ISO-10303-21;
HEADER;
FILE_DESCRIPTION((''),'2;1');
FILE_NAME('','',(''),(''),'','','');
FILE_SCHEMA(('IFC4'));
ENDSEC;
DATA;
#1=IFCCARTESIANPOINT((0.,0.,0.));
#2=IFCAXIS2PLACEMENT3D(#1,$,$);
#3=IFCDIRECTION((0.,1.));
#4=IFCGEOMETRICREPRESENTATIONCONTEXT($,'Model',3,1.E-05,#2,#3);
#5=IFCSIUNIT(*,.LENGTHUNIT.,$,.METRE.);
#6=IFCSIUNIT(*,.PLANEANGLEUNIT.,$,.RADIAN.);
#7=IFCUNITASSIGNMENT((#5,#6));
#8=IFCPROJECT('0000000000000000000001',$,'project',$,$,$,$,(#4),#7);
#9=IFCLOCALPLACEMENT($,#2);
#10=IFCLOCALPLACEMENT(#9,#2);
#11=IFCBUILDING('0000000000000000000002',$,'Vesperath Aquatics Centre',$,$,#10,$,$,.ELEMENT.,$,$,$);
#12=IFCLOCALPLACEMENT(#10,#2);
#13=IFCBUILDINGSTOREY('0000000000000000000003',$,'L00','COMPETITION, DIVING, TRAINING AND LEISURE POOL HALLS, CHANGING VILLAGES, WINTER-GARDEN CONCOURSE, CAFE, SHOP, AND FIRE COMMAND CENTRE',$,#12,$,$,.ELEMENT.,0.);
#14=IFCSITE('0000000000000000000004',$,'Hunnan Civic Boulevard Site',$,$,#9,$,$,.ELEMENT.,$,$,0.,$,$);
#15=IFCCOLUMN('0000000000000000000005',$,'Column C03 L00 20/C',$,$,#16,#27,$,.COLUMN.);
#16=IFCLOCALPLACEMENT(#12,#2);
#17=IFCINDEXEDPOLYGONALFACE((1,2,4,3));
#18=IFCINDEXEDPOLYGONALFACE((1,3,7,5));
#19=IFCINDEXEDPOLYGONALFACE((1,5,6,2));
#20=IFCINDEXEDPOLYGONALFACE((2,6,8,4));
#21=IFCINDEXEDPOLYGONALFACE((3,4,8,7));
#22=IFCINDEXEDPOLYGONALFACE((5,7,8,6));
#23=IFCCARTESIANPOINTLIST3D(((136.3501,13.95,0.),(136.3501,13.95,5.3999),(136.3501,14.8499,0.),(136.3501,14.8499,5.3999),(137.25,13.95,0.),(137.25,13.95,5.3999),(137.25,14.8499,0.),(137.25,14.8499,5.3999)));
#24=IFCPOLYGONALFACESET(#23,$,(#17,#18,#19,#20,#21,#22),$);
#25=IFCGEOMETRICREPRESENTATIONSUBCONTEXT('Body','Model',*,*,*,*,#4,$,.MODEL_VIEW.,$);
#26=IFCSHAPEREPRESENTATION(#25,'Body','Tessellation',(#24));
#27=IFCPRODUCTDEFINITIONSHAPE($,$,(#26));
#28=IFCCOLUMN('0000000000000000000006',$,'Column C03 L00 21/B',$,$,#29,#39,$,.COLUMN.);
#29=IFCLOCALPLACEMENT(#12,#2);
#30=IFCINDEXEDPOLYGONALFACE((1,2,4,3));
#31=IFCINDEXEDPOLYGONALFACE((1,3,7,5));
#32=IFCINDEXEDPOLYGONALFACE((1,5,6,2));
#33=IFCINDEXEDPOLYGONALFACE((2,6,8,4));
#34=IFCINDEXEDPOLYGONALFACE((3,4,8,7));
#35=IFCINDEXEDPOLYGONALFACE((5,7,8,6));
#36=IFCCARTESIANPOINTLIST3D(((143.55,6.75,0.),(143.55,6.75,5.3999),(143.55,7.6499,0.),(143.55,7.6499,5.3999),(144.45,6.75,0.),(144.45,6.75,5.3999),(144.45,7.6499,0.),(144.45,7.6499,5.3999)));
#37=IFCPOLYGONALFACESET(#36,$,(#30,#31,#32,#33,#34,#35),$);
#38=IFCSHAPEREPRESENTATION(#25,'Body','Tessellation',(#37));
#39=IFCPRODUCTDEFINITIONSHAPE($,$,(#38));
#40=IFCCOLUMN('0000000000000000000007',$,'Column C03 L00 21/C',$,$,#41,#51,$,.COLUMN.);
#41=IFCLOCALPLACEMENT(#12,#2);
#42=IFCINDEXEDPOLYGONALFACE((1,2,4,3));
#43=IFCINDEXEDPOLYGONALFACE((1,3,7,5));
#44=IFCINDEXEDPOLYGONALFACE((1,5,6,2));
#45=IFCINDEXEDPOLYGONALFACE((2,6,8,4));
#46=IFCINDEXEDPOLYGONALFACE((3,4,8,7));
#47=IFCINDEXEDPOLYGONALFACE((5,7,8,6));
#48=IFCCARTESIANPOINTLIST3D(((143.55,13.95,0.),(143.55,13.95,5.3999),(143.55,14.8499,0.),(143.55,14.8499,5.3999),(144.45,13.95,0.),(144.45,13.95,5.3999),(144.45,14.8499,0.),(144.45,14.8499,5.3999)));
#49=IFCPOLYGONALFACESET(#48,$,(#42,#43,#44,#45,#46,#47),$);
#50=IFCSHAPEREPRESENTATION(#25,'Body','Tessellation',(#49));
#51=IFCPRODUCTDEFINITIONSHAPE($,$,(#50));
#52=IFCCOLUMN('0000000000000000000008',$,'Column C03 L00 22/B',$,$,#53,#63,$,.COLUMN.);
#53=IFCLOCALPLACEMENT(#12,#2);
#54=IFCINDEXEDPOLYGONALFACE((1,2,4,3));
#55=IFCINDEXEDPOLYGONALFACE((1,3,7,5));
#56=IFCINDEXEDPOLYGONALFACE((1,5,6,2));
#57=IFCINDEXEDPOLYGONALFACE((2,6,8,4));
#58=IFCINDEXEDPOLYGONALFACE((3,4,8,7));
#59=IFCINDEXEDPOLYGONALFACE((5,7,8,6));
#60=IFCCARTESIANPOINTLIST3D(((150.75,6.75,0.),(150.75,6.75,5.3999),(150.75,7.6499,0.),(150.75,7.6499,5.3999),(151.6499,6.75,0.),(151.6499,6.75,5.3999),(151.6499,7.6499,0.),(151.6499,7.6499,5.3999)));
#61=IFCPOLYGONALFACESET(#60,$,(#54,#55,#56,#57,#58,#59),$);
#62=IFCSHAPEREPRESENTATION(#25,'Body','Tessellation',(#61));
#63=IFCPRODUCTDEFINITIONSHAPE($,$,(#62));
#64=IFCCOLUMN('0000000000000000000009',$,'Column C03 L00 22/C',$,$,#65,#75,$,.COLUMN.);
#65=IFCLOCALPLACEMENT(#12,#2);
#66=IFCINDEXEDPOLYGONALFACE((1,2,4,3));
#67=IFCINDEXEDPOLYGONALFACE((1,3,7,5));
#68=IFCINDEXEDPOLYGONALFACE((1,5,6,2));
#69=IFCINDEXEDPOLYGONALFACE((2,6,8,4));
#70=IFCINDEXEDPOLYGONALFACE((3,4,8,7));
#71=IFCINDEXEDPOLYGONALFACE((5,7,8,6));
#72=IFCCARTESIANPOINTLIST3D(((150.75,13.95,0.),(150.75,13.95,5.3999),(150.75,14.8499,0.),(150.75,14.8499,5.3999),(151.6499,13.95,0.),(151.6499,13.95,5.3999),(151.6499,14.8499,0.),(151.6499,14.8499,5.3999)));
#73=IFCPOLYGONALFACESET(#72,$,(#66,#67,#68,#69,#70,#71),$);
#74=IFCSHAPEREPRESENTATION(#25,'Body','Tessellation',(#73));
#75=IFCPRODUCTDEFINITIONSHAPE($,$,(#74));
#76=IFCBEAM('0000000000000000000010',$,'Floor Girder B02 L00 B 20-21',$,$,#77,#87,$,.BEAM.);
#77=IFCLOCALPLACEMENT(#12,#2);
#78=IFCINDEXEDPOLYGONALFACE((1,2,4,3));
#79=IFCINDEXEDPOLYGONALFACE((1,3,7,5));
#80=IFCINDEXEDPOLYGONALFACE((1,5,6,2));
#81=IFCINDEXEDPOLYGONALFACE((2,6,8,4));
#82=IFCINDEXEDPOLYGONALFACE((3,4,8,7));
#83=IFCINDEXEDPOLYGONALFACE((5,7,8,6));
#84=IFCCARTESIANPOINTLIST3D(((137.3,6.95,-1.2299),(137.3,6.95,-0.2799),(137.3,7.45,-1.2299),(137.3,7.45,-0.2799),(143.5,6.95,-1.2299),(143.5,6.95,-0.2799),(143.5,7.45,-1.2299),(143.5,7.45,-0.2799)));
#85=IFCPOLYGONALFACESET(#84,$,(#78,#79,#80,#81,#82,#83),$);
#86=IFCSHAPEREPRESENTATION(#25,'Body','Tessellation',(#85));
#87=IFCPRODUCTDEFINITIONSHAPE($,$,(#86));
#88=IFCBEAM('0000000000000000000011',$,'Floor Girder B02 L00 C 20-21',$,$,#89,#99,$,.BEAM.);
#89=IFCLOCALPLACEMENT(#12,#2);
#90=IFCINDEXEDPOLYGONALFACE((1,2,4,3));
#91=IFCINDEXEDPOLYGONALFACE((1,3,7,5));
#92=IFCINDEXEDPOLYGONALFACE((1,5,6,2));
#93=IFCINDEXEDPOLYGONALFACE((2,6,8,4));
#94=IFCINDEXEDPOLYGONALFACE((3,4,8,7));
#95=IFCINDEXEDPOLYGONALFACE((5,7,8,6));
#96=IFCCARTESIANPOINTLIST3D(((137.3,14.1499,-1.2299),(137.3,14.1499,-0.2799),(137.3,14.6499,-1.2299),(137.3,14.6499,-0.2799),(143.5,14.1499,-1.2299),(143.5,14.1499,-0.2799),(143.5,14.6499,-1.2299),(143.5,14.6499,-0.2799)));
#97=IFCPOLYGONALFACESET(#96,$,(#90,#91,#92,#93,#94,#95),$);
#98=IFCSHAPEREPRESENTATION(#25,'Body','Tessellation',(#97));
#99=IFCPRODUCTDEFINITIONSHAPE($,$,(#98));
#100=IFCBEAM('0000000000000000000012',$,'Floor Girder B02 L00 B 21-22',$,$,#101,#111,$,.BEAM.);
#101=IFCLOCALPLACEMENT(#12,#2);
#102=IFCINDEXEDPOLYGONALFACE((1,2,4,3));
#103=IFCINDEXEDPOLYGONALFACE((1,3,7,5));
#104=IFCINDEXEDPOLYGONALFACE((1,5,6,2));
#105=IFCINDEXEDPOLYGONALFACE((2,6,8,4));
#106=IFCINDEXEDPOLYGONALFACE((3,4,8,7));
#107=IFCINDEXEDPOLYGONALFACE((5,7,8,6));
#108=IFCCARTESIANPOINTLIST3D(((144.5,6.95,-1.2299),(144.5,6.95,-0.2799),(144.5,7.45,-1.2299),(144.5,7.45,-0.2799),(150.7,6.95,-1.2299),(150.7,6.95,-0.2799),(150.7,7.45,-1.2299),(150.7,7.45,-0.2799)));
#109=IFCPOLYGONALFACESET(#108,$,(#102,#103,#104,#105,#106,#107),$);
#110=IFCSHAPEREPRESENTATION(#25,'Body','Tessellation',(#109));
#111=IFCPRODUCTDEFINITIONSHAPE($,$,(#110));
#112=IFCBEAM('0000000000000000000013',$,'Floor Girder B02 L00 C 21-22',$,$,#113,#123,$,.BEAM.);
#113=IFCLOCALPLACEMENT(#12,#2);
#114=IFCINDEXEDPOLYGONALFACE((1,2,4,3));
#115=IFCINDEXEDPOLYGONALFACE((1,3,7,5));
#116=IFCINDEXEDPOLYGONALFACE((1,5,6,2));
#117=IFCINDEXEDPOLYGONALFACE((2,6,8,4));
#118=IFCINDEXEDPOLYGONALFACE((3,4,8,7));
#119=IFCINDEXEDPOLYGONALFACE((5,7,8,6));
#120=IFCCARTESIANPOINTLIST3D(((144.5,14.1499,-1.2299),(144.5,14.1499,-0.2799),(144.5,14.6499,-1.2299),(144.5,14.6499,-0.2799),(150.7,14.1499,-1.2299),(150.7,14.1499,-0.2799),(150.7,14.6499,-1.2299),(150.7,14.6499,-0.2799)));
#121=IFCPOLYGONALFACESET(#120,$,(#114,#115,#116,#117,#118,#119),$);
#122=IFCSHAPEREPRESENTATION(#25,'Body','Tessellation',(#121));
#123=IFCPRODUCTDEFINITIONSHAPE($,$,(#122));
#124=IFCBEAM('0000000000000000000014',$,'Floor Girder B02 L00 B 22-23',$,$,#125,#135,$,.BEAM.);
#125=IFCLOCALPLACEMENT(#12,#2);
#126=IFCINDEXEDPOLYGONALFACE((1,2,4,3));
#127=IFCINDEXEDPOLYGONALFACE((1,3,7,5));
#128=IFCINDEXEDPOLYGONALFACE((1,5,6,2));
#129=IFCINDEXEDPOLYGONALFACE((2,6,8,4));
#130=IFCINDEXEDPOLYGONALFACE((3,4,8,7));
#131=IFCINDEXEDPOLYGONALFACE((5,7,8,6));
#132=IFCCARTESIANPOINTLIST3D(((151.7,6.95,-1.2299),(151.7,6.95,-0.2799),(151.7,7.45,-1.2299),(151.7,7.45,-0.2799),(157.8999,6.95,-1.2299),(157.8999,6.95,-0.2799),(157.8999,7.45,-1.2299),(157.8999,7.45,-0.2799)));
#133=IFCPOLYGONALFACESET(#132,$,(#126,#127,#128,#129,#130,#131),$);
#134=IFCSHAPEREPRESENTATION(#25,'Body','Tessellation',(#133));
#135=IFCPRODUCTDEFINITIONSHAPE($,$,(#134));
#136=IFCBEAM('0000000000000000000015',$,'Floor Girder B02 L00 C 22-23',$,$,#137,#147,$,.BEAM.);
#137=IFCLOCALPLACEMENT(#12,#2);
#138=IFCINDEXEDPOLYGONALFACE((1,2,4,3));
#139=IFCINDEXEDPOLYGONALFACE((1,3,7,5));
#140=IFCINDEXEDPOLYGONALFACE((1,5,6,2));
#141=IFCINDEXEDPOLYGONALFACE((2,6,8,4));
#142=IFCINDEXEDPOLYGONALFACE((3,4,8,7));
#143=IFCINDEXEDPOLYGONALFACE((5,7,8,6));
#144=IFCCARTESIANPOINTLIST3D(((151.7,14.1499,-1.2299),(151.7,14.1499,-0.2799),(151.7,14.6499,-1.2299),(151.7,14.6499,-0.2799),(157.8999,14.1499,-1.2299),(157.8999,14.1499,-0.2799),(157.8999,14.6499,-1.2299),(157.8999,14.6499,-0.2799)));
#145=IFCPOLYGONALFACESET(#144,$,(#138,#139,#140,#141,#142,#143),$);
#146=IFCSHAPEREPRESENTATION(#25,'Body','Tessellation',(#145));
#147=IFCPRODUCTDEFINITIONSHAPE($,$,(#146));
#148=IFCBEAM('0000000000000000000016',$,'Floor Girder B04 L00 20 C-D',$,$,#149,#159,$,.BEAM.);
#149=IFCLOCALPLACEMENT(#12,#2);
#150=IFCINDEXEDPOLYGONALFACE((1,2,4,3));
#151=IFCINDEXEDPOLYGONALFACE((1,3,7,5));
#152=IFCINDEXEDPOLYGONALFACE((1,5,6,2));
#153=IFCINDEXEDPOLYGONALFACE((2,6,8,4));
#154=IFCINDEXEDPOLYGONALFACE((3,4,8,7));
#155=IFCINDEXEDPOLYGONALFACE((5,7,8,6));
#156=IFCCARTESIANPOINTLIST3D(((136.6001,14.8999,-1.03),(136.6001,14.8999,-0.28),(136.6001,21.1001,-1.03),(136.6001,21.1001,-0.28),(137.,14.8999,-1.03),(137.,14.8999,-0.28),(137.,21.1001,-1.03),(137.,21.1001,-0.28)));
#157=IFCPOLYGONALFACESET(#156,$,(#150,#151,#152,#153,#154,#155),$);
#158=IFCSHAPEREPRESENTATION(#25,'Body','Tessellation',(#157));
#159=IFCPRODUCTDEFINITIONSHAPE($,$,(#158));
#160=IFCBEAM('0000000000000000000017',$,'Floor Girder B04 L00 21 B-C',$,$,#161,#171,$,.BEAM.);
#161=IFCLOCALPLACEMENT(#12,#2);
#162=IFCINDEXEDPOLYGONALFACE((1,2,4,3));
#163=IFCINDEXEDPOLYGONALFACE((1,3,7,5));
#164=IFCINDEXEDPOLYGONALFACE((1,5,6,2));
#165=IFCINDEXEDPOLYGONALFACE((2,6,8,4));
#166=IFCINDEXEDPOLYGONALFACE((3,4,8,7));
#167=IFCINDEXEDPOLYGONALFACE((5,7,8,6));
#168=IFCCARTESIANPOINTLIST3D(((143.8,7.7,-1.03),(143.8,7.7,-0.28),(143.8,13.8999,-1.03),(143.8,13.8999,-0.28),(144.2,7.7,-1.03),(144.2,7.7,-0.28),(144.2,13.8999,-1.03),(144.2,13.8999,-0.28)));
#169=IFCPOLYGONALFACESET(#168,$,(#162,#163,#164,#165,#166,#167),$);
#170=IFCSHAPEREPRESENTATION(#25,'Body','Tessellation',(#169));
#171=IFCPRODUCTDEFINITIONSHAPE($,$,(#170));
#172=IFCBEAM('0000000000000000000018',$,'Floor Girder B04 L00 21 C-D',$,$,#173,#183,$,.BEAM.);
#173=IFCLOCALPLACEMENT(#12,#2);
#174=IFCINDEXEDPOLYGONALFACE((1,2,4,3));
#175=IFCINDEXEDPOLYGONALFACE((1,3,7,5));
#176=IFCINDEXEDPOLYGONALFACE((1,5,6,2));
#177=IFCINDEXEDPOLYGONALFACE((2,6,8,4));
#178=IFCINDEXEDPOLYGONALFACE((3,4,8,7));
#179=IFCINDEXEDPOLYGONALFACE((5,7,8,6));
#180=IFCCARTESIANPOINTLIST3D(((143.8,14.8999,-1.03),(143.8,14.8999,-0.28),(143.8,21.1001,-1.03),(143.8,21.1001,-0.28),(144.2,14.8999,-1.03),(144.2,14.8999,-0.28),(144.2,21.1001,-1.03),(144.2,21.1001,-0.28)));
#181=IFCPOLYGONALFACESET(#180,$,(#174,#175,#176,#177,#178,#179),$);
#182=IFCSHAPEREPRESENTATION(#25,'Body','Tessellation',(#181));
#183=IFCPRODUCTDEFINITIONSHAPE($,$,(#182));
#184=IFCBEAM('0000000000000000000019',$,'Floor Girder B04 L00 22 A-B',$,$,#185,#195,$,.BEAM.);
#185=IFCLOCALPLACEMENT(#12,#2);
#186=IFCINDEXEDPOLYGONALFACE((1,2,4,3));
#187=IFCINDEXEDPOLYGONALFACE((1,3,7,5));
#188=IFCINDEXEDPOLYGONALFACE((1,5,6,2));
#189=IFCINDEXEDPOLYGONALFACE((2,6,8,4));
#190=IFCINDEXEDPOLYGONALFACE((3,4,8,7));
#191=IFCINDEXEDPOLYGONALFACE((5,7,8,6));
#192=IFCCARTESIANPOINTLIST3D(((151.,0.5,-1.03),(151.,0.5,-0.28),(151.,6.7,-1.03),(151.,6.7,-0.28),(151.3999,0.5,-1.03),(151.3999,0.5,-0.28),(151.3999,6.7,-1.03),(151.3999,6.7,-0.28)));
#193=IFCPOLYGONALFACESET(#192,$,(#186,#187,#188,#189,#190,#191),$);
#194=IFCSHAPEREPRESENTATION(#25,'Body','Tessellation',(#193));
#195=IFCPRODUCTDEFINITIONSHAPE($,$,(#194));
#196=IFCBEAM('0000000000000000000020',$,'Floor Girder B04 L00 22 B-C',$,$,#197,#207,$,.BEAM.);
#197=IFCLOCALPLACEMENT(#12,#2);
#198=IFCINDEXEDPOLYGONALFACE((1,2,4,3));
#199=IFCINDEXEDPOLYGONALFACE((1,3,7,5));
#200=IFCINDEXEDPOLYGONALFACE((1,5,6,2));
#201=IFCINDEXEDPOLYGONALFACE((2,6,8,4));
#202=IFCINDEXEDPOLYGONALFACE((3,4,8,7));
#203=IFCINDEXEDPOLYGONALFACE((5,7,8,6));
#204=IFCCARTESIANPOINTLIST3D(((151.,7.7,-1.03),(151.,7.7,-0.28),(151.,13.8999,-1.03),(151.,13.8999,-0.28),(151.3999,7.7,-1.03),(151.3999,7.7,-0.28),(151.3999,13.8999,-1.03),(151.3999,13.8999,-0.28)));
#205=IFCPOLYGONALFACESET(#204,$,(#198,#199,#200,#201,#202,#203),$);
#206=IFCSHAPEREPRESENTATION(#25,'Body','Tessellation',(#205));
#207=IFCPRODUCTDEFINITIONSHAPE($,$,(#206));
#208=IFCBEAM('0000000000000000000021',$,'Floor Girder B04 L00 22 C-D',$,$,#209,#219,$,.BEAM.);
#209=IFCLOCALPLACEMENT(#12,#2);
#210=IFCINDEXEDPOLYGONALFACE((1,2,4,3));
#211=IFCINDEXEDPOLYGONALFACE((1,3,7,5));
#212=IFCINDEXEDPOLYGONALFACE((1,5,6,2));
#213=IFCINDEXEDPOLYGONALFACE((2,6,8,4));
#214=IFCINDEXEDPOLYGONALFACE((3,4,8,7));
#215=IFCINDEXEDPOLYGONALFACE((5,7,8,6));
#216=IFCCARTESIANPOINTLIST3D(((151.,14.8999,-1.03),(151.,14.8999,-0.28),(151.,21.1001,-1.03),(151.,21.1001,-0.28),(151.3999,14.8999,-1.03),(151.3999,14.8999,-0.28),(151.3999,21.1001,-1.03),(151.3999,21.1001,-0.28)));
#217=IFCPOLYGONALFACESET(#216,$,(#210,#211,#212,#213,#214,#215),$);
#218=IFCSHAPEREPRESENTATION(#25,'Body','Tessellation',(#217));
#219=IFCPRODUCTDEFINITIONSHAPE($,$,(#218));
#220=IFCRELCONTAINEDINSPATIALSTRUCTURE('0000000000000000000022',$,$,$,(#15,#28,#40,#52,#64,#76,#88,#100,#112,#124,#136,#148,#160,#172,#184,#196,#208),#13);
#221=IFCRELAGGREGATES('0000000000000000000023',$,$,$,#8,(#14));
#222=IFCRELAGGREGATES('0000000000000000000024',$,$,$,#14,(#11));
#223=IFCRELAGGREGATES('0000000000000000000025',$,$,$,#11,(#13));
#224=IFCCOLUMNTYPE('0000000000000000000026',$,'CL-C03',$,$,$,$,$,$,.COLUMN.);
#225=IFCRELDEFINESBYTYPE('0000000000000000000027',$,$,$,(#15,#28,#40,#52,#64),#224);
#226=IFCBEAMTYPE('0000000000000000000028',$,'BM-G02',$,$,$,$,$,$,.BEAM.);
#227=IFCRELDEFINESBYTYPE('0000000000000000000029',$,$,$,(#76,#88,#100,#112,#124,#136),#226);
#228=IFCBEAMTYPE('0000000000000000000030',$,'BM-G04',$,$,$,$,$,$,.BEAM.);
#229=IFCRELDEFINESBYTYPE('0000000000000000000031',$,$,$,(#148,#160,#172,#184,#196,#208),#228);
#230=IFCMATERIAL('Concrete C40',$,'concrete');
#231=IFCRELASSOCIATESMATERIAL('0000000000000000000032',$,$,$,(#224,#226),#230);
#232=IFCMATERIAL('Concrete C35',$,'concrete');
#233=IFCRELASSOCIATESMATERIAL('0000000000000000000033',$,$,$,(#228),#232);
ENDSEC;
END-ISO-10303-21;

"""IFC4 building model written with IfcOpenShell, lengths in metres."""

from ifc_helpers import new_model, si_unit, direction, frame, origin, origin_2d, place, context, subcontext, project, spatial, rectangle, extrude, material, material_profile, profile_set, type_object, element, save


model = new_model("IFC4")

# Units and contexts
model_context = context("Model", 3, precision=1e-05, world=origin(), true_north=direction((0.0, 1.0)))
body_context = subcontext(model_context, "Body", "Model", "MODEL_VIEW")
ifc_project = project(units=[si_unit("LENGTHUNIT", "METRE"), si_unit("PLANEANGLEUNIT", "RADIAN")], contexts=[model_context])

# Site, building, storey
site_placement = place(None, origin())
site = spatial("IfcSite", under=ifc_project, at=site_placement, Name="Hunnan Civic Boulevard Site", CompositionType="ELEMENT", RefElevation=0.0)
building_placement = place(site_placement, origin())
building = spatial("IfcBuilding", under=site, at=building_placement, Name="Vesperath Aquatics Centre", CompositionType="ELEMENT")
storey_placement = place(building_placement, origin())
storey = spatial("IfcBuildingStorey", under=building, at=storey_placement, Name="L00", Description="COMPETITION, DIVING, TRAINING AND LEISURE POOL HALLS, CHANGING VILLAGES, WINTER-GARDEN CONCOURSE, CAFE, SHOP, AND FIRE COMMAND CENTRE", CompositionType="ELEMENT", Elevation=0.0)

# Columns
ifc_material_1 = material(Name="Concrete C40", Category="concrete")
ifc_material_profile_1 = material_profile(ifc_material_1, rectangle(XDim=0.8999, YDim=0.8999, at=origin_2d()), Name="RC 900x900")
ifc_profile_set_1 = profile_set([ifc_material_profile_1], Name="Concrete C40")
column_type = type_object("IfcColumnType", Name="CL-C03", PredefinedType="COLUMN", material=ifc_profile_set_1)
for number, where, z_axis, x_axis, name in (
    (1, (136.8, 14.3999, 0.0), (0.0, 0.0, 1.0), (1.0, 0.0, 0.0), "Column C03 L00 20/C"),
    (2, (144.0, 7.2, 0.0), (0.0, 0.0, 1.0), (1.0, 0.0, 0.0), "Column C03 L00 21/B"),
    (3, (144.0, 14.3999, 0.0), (0.0, 0.0, 1.0), (1.0, 0.0, 0.0), "Column C03 L00 21/C"),
    (4, (151.2, 7.2, 0.0), (0.0, 0.0, 1.0), (1.0, 0.0, 0.0), "Column C03 L00 22/B"),
    (5, (151.2, 14.3999, 0.0), (0.0, 0.0, 1.0), (1.0, 0.0, 0.0), "Column C03 L00 22/C"),
):
    element("IfcColumn", number, at=place(storey_placement, frame(where, z_axis=z_axis, x_axis=x_axis)), inside=storey, type_object=column_type, Name=name, PredefinedType="COLUMN", context=body_context, shape_type="SweptSolid", body=[
        extrude(rectangle(XDim=0.8999, YDim=0.8999, at=origin_2d()), origin(), (0.0, 0.0, 1.0), 5.3999),
    ])

# Beams
ifc_material_profile_2 = material_profile(ifc_material_1, rectangle(XDim=0.5, YDim=0.95, at=origin_2d()), Name="RC 500x950")
ifc_profile_set_2 = profile_set([ifc_material_profile_2], Name="Concrete C40")
beam_type_1 = type_object("IfcBeamType", Name="BM-G02", PredefinedType="BEAM", material=ifc_profile_set_2)
for number, where, z_axis, x_axis, name in (
    (6, (137.3, 7.2, -0.7549), (1.0, 0.0, 0.0), (0.0, 1.0, 0.0), "Floor Girder B02 L00 B 20-21"),
    (7, (137.3, 14.3999, -0.7549), (1.0, 0.0, 0.0), (0.0, 1.0, 0.0), "Floor Girder B02 L00 C 20-21"),
    (8, (144.5, 7.2, -0.7549), (1.0, 0.0, 0.0), (0.0, 1.0, 0.0), "Floor Girder B02 L00 B 21-22"),
    (9, (144.5, 14.3999, -0.7549), (1.0, 0.0, 0.0), (0.0, 1.0, 0.0), "Floor Girder B02 L00 C 21-22"),
    (10, (151.7, 7.2, -0.7549), (1.0, 0.0, 0.0), (0.0, 1.0, 0.0), "Floor Girder B02 L00 B 22-23"),
    (11, (151.7, 14.3999, -0.7549), (1.0, 0.0, 0.0), (0.0, 1.0, 0.0), "Floor Girder B02 L00 C 22-23"),
):
    element("IfcBeam", number, at=place(storey_placement, frame(where, z_axis=z_axis, x_axis=x_axis)), inside=storey, type_object=beam_type_1, Name=name, PredefinedType="BEAM", context=body_context, shape_type="SweptSolid", body=[
        extrude(rectangle(XDim=0.5, YDim=0.95, at=origin_2d()), origin(), (0.0, 0.0, 1.0), 6.2),
    ])
ifc_material_2 = material(Name="Concrete C35", Category="concrete")
ifc_material_profile_3 = material_profile(ifc_material_2, rectangle(XDim=0.3999, YDim=0.75, at=origin_2d()), Name="RC 400x750")
ifc_profile_set_3 = profile_set([ifc_material_profile_3], Name="Concrete C35")
beam_type_2 = type_object("IfcBeamType", Name="BM-G04", PredefinedType="BEAM", material=ifc_profile_set_3)
beam_1_placement = place(storey_placement, frame((136.8, 14.8999, -0.655), z_axis=(0.0, 1.0, 0.0), x_axis=(-1.0, 0.0, 0.0)))
element("IfcBeam", 12, at=beam_1_placement, inside=storey, type_object=beam_type_2, Name="Floor Girder B04 L00 20 C-D", PredefinedType="BEAM", context=body_context, shape_type="SweptSolid", body=[
    extrude(rectangle(XDim=0.3999, YDim=0.75, at=origin_2d()), origin(), (0.0, 0.0, 1.0), 6.2002),
])
beam_2_placement = place(storey_placement, frame((144.0, 7.7, -0.655), z_axis=(0.0, 1.0, 0.0), x_axis=(-1.0, 0.0, 0.0)))
element("IfcBeam", 13, at=beam_2_placement, inside=storey, type_object=beam_type_2, Name="Floor Girder B04 L00 21 B-C", PredefinedType="BEAM", context=body_context, shape_type="SweptSolid", body=[
    extrude(rectangle(XDim=0.3999, YDim=0.75, at=origin_2d()), origin(), (0.0, 0.0, 1.0), 6.2),
])
beam_3_placement = place(storey_placement, frame((144.0, 14.8999, -0.655), z_axis=(0.0, 1.0, 0.0), x_axis=(-1.0, 0.0, 0.0)))
element("IfcBeam", 14, at=beam_3_placement, inside=storey, type_object=beam_type_2, Name="Floor Girder B04 L00 21 C-D", PredefinedType="BEAM", context=body_context, shape_type="SweptSolid", body=[
    extrude(rectangle(XDim=0.3999, YDim=0.75, at=origin_2d()), origin(), (0.0, 0.0, 1.0), 6.2002),
])
for number, where, z_axis, x_axis, name in (
    (15, (151.2, 0.5, -0.655), (0.0, 1.0, 0.0), (-1.0, 0.0, 0.0), "Floor Girder B04 L00 22 A-B"),
    (16, (151.2, 7.7, -0.655), (0.0, 1.0, 0.0), (-1.0, 0.0, 0.0), "Floor Girder B04 L00 22 B-C"),
):
    element("IfcBeam", number, at=place(storey_placement, frame(where, z_axis=z_axis, x_axis=x_axis)), inside=storey, type_object=beam_type_2, Name=name, PredefinedType="BEAM", context=body_context, shape_type="SweptSolid", body=[
        extrude(rectangle(XDim=0.3999, YDim=0.75, at=origin_2d()), origin(), (0.0, 0.0, 1.0), 6.2),
    ])
beam_4_placement = place(storey_placement, frame((151.2, 14.8999, -0.655), z_axis=(0.0, 1.0, 0.0), x_axis=(-1.0, 0.0, 0.0)))
element("IfcBeam", 17, at=beam_4_placement, inside=storey, type_object=beam_type_2, Name="Floor Girder B04 L00 22 C-D", PredefinedType="BEAM", context=body_context, shape_type="SweptSolid", body=[
    extrude(rectangle(XDim=0.3999, YDim=0.75, at=origin_2d()), origin(), (0.0, 0.0, 1.0), 6.2002),
])

save(model, "model.ifc")
